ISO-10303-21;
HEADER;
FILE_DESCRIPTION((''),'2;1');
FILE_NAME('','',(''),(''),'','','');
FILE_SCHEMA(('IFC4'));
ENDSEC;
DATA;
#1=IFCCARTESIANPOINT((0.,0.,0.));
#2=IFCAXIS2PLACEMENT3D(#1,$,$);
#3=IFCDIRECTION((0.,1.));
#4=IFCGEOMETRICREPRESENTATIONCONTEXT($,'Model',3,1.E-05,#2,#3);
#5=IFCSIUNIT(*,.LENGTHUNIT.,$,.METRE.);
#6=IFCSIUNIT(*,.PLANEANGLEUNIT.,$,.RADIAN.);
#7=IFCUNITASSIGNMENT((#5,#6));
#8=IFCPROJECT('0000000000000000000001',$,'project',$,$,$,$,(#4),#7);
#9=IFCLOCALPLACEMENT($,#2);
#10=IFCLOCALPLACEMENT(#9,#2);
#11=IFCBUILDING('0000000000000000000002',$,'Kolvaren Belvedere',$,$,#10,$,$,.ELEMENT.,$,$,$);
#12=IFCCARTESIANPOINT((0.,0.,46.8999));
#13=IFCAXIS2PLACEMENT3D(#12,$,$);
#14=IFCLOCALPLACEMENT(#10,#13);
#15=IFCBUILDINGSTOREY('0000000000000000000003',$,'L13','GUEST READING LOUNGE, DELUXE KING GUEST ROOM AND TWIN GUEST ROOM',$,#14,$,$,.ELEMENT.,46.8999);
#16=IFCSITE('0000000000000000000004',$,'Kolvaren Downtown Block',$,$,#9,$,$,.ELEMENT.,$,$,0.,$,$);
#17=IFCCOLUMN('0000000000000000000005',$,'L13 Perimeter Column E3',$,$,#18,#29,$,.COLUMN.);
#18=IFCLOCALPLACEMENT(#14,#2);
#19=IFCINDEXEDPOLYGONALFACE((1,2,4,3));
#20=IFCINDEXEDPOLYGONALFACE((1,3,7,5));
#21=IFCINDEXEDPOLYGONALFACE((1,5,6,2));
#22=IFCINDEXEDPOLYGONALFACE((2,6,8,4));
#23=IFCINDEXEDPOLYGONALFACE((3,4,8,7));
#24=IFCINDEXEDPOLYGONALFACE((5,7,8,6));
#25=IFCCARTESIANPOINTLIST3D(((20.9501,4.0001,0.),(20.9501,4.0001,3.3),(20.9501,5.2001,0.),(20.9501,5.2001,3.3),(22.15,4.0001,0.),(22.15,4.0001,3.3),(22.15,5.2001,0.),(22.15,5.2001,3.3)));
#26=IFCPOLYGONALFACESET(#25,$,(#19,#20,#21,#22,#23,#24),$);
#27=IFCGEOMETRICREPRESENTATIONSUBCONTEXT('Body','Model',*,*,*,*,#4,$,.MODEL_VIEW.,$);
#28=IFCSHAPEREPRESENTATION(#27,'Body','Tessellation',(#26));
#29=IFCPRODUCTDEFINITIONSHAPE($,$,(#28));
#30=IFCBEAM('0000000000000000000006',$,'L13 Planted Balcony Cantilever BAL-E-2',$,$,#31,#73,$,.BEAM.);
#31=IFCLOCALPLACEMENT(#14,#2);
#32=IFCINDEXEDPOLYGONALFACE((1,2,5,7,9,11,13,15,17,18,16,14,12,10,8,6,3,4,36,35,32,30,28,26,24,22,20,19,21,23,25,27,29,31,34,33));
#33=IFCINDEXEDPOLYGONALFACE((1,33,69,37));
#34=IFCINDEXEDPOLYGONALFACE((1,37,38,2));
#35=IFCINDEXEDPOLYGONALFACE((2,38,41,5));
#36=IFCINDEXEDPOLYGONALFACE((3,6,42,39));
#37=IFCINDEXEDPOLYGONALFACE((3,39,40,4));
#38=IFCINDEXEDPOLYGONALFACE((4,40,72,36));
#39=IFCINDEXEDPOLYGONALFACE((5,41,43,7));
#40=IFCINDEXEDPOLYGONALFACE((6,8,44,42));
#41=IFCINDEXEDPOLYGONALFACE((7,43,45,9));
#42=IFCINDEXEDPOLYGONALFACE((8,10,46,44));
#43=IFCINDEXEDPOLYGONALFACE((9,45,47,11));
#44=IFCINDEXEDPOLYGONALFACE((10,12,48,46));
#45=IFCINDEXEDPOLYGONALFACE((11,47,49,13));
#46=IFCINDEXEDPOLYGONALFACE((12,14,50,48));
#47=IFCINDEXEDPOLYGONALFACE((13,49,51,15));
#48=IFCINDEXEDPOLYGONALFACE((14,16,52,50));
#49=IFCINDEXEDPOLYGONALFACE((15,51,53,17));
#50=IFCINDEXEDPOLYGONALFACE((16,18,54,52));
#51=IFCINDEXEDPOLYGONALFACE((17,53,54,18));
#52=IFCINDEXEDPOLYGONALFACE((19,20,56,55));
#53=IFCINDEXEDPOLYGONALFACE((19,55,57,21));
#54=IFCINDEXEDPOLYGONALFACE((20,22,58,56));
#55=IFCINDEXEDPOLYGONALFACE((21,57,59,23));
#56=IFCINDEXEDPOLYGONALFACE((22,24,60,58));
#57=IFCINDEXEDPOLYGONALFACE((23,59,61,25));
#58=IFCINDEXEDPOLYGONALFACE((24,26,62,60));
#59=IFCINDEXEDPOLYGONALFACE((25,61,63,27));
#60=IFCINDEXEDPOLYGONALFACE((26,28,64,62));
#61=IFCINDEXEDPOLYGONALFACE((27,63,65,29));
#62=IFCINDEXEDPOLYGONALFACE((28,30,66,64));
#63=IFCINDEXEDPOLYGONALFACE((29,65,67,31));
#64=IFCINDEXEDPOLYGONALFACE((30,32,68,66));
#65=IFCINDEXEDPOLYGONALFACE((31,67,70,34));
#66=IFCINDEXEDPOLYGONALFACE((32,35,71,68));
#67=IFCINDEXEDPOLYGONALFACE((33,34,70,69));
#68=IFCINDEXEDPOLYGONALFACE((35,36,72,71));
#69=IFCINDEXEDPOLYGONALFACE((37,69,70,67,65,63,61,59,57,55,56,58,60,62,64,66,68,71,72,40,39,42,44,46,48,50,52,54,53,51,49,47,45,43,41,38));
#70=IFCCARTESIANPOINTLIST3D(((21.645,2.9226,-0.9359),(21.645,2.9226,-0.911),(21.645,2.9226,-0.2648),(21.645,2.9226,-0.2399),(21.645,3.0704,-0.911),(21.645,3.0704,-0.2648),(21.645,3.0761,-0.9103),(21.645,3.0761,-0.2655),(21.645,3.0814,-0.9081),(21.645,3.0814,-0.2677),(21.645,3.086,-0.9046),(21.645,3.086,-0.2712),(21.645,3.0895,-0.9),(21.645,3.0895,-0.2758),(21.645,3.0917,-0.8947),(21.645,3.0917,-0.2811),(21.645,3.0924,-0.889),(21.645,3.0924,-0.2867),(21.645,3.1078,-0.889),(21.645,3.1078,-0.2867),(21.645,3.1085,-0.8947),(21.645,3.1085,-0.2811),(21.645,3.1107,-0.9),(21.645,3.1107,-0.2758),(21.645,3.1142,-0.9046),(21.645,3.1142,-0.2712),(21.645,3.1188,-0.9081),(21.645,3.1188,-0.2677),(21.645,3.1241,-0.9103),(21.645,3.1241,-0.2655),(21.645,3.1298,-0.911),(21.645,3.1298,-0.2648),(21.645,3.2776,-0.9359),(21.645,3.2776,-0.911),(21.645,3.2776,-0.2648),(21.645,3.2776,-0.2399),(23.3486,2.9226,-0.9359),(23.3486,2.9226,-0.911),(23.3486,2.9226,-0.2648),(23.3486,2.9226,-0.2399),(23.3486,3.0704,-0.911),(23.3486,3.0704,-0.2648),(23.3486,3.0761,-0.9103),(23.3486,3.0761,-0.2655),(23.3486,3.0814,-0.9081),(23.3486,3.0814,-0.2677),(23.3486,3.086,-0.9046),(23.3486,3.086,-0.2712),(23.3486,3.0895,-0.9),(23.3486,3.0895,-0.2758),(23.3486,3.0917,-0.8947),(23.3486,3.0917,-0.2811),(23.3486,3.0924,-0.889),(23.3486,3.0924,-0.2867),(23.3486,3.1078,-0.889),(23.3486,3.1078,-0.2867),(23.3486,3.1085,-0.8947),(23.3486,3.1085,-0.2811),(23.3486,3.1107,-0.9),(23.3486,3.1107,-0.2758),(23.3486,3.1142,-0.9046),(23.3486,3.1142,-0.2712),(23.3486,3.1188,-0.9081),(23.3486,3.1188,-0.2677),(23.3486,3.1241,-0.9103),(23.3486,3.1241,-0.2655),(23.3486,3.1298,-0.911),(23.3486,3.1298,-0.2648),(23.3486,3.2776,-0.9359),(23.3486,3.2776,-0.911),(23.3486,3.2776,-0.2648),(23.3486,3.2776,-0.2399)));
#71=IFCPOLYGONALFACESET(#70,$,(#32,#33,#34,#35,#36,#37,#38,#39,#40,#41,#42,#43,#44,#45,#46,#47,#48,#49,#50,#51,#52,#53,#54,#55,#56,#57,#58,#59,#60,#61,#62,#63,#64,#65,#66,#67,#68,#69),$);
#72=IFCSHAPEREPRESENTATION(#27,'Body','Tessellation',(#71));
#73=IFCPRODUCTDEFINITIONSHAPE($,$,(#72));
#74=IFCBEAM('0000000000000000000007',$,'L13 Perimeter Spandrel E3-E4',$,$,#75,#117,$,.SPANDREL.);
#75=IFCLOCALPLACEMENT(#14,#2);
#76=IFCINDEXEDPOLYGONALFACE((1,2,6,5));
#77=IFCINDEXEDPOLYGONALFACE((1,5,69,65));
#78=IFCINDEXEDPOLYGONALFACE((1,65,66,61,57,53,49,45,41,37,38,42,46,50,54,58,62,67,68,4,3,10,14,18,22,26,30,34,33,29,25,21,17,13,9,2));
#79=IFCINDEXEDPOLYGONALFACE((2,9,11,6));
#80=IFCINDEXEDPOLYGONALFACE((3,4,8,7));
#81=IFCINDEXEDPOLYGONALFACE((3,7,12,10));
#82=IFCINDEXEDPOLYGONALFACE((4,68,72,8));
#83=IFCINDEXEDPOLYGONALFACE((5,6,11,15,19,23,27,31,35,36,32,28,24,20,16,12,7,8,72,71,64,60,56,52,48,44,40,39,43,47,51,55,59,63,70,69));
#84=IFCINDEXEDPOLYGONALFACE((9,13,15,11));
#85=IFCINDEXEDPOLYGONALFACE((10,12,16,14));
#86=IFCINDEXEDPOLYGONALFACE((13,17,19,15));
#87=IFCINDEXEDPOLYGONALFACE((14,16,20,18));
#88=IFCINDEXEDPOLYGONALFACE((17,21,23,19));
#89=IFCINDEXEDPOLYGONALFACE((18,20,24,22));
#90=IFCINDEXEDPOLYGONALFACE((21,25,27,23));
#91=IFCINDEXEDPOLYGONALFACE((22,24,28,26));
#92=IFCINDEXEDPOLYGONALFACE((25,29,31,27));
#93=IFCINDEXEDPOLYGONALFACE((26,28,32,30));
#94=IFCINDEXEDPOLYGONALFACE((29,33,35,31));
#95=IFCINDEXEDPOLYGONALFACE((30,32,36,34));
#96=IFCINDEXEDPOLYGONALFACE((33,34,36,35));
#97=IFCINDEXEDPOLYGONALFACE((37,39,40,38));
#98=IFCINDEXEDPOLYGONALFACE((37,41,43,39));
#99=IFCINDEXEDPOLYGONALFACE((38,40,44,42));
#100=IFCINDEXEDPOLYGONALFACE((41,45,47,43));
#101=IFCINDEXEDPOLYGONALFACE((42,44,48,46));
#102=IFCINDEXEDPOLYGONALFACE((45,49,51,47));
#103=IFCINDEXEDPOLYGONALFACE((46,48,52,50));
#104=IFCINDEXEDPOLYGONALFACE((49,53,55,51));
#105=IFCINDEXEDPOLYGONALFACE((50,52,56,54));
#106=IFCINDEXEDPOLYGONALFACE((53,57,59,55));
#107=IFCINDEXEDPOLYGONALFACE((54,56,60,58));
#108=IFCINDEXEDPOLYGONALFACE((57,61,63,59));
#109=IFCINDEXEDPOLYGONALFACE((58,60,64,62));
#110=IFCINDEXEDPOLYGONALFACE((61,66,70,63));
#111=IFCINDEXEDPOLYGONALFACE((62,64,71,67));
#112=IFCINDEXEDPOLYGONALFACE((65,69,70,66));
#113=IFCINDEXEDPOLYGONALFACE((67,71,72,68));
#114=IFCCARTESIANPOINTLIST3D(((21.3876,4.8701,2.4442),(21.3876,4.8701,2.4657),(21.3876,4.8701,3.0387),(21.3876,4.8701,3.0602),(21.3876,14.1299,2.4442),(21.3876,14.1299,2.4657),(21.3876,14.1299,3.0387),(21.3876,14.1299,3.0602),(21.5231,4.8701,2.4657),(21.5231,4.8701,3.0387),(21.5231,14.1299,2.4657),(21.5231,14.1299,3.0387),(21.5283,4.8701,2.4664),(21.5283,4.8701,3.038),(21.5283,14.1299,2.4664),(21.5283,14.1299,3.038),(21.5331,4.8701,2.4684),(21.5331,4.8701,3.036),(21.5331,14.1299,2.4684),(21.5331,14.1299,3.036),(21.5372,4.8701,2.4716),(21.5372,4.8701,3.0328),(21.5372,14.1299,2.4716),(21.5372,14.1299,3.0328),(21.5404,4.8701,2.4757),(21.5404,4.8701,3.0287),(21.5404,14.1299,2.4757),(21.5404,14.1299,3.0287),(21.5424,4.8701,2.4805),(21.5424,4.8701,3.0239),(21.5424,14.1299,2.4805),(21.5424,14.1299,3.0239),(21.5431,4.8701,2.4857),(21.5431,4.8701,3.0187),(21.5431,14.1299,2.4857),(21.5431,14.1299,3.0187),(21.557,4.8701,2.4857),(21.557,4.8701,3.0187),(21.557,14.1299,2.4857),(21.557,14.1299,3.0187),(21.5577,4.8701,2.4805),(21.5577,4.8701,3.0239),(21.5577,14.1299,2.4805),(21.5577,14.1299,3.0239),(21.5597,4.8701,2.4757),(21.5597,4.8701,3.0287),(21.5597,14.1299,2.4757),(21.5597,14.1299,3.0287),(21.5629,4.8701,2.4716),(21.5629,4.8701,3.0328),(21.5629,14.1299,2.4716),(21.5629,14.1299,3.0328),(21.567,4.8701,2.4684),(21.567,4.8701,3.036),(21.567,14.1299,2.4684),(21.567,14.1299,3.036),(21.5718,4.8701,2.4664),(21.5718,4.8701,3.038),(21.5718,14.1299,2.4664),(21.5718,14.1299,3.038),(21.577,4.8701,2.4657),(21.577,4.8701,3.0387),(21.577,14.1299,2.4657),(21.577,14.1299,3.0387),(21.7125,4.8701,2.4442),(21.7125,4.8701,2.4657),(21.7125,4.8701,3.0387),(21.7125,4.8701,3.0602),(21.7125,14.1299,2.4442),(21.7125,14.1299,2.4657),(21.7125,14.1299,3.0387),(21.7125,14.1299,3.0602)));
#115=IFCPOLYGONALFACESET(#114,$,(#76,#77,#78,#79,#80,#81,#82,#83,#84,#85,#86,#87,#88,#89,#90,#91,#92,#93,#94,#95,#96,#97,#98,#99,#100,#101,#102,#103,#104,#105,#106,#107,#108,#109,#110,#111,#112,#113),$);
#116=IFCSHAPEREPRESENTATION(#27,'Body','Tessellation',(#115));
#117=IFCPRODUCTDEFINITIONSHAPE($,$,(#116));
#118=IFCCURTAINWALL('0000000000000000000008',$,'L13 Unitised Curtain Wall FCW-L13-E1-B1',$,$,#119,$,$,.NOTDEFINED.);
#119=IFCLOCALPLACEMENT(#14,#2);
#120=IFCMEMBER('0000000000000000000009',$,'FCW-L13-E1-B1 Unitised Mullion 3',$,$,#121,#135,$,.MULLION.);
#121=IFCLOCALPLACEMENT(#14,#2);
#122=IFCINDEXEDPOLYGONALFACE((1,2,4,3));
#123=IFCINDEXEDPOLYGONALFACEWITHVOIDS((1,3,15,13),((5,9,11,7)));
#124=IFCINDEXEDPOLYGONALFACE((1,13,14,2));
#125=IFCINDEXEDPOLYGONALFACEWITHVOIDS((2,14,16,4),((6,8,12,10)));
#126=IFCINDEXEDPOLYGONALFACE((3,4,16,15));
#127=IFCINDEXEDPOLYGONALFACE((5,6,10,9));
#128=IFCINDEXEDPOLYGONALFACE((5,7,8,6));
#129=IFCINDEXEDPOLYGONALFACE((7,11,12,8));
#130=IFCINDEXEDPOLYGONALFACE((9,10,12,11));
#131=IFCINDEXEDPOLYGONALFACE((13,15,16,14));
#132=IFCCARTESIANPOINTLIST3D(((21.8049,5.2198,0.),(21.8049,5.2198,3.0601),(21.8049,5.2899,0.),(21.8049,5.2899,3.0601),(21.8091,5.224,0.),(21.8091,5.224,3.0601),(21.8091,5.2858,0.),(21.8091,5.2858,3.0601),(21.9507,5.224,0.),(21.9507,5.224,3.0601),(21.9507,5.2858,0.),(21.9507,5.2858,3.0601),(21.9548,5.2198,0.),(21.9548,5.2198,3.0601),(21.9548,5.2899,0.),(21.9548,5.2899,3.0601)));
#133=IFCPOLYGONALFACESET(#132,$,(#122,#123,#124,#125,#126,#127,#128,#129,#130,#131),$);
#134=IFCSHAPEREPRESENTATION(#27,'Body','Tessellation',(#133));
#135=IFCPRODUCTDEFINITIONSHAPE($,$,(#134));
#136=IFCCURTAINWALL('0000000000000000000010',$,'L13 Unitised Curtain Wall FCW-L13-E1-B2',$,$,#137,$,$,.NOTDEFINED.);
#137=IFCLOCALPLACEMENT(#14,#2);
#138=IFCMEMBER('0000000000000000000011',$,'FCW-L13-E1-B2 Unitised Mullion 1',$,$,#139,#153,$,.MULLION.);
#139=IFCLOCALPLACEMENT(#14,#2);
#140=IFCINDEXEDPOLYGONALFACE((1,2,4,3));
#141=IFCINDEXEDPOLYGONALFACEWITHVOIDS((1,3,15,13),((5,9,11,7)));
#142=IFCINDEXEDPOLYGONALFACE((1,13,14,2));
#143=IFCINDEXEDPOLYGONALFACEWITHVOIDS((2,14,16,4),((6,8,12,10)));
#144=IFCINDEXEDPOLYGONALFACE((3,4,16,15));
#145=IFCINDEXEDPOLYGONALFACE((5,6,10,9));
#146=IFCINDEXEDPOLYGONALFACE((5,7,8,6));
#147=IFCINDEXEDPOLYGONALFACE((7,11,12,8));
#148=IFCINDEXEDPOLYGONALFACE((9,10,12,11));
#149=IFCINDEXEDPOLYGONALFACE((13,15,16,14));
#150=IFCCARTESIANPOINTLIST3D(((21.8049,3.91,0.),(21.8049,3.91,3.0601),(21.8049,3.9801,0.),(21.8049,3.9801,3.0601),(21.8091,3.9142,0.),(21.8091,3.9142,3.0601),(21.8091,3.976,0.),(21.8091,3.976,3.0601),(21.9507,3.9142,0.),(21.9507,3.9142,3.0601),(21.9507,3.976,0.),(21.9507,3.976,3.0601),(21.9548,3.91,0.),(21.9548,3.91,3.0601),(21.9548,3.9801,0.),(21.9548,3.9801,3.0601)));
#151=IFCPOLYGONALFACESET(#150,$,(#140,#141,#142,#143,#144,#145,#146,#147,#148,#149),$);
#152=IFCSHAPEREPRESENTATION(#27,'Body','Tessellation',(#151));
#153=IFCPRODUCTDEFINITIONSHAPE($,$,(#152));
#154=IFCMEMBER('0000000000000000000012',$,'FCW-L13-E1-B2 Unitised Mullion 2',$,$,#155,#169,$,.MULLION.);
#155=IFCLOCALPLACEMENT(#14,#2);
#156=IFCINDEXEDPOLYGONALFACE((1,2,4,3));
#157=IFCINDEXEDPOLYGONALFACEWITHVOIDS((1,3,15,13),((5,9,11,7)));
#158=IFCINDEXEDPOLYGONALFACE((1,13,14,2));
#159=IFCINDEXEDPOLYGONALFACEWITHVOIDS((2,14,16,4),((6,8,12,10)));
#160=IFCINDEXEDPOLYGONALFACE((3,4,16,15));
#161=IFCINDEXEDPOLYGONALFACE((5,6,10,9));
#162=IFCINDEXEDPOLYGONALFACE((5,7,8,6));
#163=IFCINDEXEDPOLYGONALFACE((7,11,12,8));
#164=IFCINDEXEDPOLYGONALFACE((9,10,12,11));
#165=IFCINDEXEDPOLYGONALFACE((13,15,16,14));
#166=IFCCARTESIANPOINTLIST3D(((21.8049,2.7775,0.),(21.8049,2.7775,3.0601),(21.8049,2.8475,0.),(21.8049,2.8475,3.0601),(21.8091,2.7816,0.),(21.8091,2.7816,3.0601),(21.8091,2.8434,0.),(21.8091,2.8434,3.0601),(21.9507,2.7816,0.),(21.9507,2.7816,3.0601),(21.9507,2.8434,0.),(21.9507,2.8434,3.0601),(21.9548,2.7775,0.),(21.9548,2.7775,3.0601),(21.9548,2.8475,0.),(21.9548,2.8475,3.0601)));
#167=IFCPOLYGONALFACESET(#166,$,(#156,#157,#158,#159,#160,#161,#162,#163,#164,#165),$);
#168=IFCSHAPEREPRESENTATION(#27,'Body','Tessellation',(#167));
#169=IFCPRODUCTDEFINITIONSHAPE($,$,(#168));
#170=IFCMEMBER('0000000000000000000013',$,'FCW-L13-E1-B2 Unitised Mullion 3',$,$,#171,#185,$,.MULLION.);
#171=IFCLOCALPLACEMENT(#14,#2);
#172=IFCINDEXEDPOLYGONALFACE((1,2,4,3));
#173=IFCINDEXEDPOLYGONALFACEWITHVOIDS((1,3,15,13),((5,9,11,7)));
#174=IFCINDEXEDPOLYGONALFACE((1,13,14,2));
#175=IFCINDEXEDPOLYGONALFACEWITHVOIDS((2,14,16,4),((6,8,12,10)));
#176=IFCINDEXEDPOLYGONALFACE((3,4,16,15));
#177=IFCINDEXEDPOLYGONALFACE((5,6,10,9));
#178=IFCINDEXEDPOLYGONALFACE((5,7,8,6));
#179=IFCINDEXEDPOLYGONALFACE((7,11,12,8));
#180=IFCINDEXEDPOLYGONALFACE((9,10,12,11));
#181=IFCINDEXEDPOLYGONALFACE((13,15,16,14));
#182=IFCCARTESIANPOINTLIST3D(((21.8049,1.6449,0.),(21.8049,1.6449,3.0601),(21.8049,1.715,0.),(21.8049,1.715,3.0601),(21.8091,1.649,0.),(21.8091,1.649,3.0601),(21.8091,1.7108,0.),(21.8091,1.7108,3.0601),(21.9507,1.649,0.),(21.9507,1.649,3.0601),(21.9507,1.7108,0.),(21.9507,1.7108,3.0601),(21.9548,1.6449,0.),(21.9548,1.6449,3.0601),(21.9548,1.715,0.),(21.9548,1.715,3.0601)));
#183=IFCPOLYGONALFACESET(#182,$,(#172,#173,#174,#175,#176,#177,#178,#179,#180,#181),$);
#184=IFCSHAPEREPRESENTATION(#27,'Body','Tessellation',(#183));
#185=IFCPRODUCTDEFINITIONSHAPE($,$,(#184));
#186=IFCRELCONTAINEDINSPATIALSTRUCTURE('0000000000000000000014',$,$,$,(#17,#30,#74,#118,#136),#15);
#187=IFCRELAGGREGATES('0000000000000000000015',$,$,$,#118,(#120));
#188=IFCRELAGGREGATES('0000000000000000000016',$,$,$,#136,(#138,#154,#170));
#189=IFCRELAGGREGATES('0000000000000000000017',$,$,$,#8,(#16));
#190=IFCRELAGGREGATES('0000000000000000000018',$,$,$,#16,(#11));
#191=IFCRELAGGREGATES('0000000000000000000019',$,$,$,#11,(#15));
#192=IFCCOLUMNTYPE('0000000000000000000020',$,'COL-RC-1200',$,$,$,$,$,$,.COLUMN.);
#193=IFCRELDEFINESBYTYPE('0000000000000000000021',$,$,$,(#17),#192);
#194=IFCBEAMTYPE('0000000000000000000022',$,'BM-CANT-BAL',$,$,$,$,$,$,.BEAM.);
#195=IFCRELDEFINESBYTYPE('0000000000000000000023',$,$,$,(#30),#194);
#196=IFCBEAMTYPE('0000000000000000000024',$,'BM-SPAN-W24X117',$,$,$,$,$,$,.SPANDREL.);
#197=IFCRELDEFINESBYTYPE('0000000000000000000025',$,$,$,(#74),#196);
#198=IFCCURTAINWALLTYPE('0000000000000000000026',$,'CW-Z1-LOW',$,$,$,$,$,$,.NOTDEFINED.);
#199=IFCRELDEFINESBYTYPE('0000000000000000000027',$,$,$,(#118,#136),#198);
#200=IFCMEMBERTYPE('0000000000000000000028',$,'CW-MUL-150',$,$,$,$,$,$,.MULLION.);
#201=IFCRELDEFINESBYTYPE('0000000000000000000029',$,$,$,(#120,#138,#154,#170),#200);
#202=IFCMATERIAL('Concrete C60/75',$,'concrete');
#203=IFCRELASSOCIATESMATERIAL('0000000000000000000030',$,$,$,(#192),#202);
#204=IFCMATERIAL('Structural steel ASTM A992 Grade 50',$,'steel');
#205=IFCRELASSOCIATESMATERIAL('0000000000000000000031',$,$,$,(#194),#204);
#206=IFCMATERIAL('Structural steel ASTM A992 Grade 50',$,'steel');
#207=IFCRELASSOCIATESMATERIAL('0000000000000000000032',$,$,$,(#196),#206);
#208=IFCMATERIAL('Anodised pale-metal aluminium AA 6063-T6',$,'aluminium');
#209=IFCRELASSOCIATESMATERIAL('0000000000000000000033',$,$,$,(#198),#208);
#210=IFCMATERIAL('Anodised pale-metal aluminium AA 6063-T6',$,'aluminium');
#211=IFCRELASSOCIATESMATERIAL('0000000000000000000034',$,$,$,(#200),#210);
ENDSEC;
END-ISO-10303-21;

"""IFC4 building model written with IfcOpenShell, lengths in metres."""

from ifc_helpers import new_model, si_unit, direction, frame, origin, origin_2d, place, context, subcontext, project, spatial, rectangle, hollow_rectangle, i_section, extrude, material, material_profile, profile_set, type_object, element, aggregate, save


model = new_model("IFC4")

# Units and contexts
model_context = context("Model", 3, precision=1e-05, world=origin(), true_north=direction((0.0, 1.0)))
body_context = subcontext(model_context, "Body", "Model", "MODEL_VIEW")
ifc_project = project(units=[si_unit("LENGTHUNIT", "METRE"), si_unit("PLANEANGLEUNIT", "RADIAN")], contexts=[model_context])

# Site, building, storey
site_placement = place(None, origin())
site = spatial("IfcSite", under=ifc_project, at=site_placement, Name="Kolvaren Downtown Block", CompositionType="ELEMENT", RefElevation=0.0)
building_placement = place(site_placement, origin())
building = spatial("IfcBuilding", under=site, at=building_placement, Name="Kolvaren Belvedere", CompositionType="ELEMENT")
storey_placement = place(building_placement, frame((0.0, 0.0, 46.8999)))
storey = spatial("IfcBuildingStorey", under=building, at=storey_placement, Name="L13", Description="GUEST READING LOUNGE, DELUXE KING GUEST ROOM AND TWIN GUEST ROOM", CompositionType="ELEMENT", Elevation=46.8999)

# Column
ifc_material_1 = material(Name="Concrete C60/75", Category="concrete")
ifc_material_profile_1 = material_profile(ifc_material_1, rectangle(XDim=1.2, YDim=1.2, at=origin_2d()), Name="RC 1200X1200")
ifc_profile_set_1 = profile_set([ifc_material_profile_1], Name="Concrete C60/75")
column_type = type_object("IfcColumnType", Name="COL-RC-1200", PredefinedType="COLUMN", material=ifc_profile_set_1)
column_placement = place(storey_placement, frame((21.55, 4.6001, 0.0), z_axis=(0.0, 0.0, 1.0), x_axis=(1.0, 0.0, 0.0)))
element("IfcColumn", 1, at=column_placement, inside=storey, type_object=column_type, Name="L13 Perimeter Column E3", PredefinedType="COLUMN", context=body_context, shape_type="SweptSolid", body=[
    extrude(rectangle(XDim=1.2, YDim=1.2, at=origin_2d()), origin(), (0.0, 0.0, 1.0), 3.3),
])

# Beams
ifc_material_2 = material(Name="Structural steel ASTM A992 Grade 50", Category="steel")
ifc_material_profile_2 = material_profile(ifc_material_2, i_section(OverallWidth=0.355, OverallDepth=0.696, WebThickness=0.0154, FlangeThickness=0.0249, FilletRadius=0.022, at=origin_2d()), Name="W27X146")
ifc_profile_set_2 = profile_set([ifc_material_profile_2], Name="Structural steel ASTM A992 Grade 50")
beam_type_1 = type_object("IfcBeamType", Name="BM-CANT-BAL", PredefinedType="BEAM", material=ifc_profile_set_2)
beam_1_placement = place(storey_placement, frame((21.645, 3.1001, -0.5879), z_axis=(1.0, 0.0, 0.0), x_axis=(0.0, 1.0, 0.0)))
element("IfcBeam", 2, at=beam_1_placement, inside=storey, type_object=beam_type_1, Name="L13 Planted Balcony Cantilever BAL-E-2", PredefinedType="BEAM", context=body_context, shape_type="SweptSolid", body=[
    extrude(i_section(OverallWidth=0.355, OverallDepth=0.696, WebThickness=0.0154, FlangeThickness=0.0249, FilletRadius=0.022, at=origin_2d()), origin(), (0.0, 0.0, 1.0), 1.7036),
])
ifc_material_3 = material(Name="Structural steel ASTM A992 Grade 50", Category="steel")
ifc_material_profile_3 = material_profile(ifc_material_3, i_section(OverallWidth=0.325, OverallDepth=0.616, WebThickness=0.0139, FlangeThickness=0.0215, FilletRadius=0.02, at=origin_2d()), Name="W24X117")
ifc_profile_set_3 = profile_set([ifc_material_profile_3], Name="Structural steel ASTM A992 Grade 50")
beam_type_2 = type_object("IfcBeamType", Name="BM-SPAN-W24X117", PredefinedType="SPANDREL", material=ifc_profile_set_3)
beam_2_placement = place(storey_placement, frame((21.55, 4.8701, 2.7522), z_axis=(0.0, 1.0, 0.0), x_axis=(-1.0, 0.0, 0.0)))
element("IfcBeam", 3, at=beam_2_placement, inside=storey, type_object=beam_type_2, Name="L13 Perimeter Spandrel E3-E4", PredefinedType="SPANDREL", context=body_context, shape_type="SweptSolid", body=[
    extrude(i_section(OverallWidth=0.325, OverallDepth=0.616, WebThickness=0.0139, FlangeThickness=0.0215, FilletRadius=0.02, at=origin_2d()), origin(), (0.0, 0.0, 1.0), 9.2598),
])

# Curtain wall, member
ifc_material_4 = material(Name="Anodised pale-metal aluminium AA 6063-T6", Category="aluminium")
curtain_wall_type = type_object("IfcCurtainWallType", Name="CW-Z1-LOW", PredefinedType="NOTDEFINED", material=ifc_material_4)
curtain_wall_1_placement = place(storey_placement, origin())
curtain_wall_1 = element("IfcCurtainWall", 4, at=curtain_wall_1_placement, inside=storey, type_object=curtain_wall_type, Name="L13 Unitised Curtain Wall FCW-L13-E1-B1", PredefinedType="NOTDEFINED")
ifc_material_5 = material(Name="Anodised pale-metal aluminium AA 6063-T6", Category="aluminium")
ifc_material_profile_4 = material_profile(ifc_material_5, hollow_rectangle(XDim=0.0701, YDim=0.1499, WallThickness=0.0042, at=origin_2d()), Name="ALU-MUL-150X70")
ifc_profile_set_4 = profile_set([ifc_material_profile_4], Name="Anodised pale-metal aluminium AA 6063-T6")
member_type_1 = type_object("IfcMemberType", Name="CW-MUL-150", PredefinedType="MULLION", material=ifc_profile_set_4)
member_1_placement = place(storey_placement, frame((21.8799, 5.2549, 0.0), z_axis=(0.0, 0.0, 1.0), x_axis=(0.0, 1.0, 0.0)))
member_1 = element("IfcMember", 5, at=member_1_placement, type_object=member_type_1, Name="FCW-L13-E1-B1 Unitised Mullion 3", PredefinedType="MULLION", context=body_context, shape_type="SweptSolid", body=[
    extrude(hollow_rectangle(XDim=0.0701, YDim=0.1499, WallThickness=0.0042, at=origin_2d()), origin(), (0.0, 0.0, 1.0), 3.0601),
])
aggregate(curtain_wall_1, [member_1])

# Curtain wall, members
curtain_wall_2_placement = place(storey_placement, origin())
curtain_wall_2 = element("IfcCurtainWall", 6, at=curtain_wall_2_placement, inside=storey, type_object=curtain_wall_type, Name="L13 Unitised Curtain Wall FCW-L13-E1-B2", PredefinedType="NOTDEFINED")
member_2_placement = place(storey_placement, frame((21.8799, 3.9451, 0.0), z_axis=(0.0, 0.0, 1.0), x_axis=(0.0, 1.0, 0.0)))
member_2 = element("IfcMember", 7, at=member_2_placement, type_object=member_type_1, Name="FCW-L13-E1-B2 Unitised Mullion 1", PredefinedType="MULLION", context=body_context, shape_type="SweptSolid", body=[
    extrude(hollow_rectangle(XDim=0.0701, YDim=0.1499, WallThickness=0.0042, at=origin_2d()), origin(), (0.0, 0.0, 1.0), 3.0601),
])
member_3_placement = place(storey_placement, frame((21.8799, 2.8125, 0.0), z_axis=(0.0, 0.0, 1.0), x_axis=(0.0, 1.0, 0.0)))
member_3 = element("IfcMember", 8, at=member_3_placement, type_object=member_type_1, Name="FCW-L13-E1-B2 Unitised Mullion 2", PredefinedType="MULLION", context=body_context, shape_type="SweptSolid", body=[
    extrude(hollow_rectangle(XDim=0.0701, YDim=0.1499, WallThickness=0.0042, at=origin_2d()), origin(), (0.0, 0.0, 1.0), 3.0601),
])
member_4_placement = place(storey_placement, frame((21.8799, 1.6799, 0.0), z_axis=(0.0, 0.0, 1.0), x_axis=(0.0, 1.0, 0.0)))
member_4 = element("IfcMember", 9, at=member_4_placement, type_object=member_type_1, Name="FCW-L13-E1-B2 Unitised Mullion 3", PredefinedType="MULLION", context=body_context, shape_type="SweptSolid", body=[
    extrude(hollow_rectangle(XDim=0.0701, YDim=0.1499, WallThickness=0.0042, at=origin_2d()), origin(), (0.0, 0.0, 1.0), 3.0601),
])

aggregate(curtain_wall_2, [member_2, member_3, member_4])

save(model, "model.ifc")
